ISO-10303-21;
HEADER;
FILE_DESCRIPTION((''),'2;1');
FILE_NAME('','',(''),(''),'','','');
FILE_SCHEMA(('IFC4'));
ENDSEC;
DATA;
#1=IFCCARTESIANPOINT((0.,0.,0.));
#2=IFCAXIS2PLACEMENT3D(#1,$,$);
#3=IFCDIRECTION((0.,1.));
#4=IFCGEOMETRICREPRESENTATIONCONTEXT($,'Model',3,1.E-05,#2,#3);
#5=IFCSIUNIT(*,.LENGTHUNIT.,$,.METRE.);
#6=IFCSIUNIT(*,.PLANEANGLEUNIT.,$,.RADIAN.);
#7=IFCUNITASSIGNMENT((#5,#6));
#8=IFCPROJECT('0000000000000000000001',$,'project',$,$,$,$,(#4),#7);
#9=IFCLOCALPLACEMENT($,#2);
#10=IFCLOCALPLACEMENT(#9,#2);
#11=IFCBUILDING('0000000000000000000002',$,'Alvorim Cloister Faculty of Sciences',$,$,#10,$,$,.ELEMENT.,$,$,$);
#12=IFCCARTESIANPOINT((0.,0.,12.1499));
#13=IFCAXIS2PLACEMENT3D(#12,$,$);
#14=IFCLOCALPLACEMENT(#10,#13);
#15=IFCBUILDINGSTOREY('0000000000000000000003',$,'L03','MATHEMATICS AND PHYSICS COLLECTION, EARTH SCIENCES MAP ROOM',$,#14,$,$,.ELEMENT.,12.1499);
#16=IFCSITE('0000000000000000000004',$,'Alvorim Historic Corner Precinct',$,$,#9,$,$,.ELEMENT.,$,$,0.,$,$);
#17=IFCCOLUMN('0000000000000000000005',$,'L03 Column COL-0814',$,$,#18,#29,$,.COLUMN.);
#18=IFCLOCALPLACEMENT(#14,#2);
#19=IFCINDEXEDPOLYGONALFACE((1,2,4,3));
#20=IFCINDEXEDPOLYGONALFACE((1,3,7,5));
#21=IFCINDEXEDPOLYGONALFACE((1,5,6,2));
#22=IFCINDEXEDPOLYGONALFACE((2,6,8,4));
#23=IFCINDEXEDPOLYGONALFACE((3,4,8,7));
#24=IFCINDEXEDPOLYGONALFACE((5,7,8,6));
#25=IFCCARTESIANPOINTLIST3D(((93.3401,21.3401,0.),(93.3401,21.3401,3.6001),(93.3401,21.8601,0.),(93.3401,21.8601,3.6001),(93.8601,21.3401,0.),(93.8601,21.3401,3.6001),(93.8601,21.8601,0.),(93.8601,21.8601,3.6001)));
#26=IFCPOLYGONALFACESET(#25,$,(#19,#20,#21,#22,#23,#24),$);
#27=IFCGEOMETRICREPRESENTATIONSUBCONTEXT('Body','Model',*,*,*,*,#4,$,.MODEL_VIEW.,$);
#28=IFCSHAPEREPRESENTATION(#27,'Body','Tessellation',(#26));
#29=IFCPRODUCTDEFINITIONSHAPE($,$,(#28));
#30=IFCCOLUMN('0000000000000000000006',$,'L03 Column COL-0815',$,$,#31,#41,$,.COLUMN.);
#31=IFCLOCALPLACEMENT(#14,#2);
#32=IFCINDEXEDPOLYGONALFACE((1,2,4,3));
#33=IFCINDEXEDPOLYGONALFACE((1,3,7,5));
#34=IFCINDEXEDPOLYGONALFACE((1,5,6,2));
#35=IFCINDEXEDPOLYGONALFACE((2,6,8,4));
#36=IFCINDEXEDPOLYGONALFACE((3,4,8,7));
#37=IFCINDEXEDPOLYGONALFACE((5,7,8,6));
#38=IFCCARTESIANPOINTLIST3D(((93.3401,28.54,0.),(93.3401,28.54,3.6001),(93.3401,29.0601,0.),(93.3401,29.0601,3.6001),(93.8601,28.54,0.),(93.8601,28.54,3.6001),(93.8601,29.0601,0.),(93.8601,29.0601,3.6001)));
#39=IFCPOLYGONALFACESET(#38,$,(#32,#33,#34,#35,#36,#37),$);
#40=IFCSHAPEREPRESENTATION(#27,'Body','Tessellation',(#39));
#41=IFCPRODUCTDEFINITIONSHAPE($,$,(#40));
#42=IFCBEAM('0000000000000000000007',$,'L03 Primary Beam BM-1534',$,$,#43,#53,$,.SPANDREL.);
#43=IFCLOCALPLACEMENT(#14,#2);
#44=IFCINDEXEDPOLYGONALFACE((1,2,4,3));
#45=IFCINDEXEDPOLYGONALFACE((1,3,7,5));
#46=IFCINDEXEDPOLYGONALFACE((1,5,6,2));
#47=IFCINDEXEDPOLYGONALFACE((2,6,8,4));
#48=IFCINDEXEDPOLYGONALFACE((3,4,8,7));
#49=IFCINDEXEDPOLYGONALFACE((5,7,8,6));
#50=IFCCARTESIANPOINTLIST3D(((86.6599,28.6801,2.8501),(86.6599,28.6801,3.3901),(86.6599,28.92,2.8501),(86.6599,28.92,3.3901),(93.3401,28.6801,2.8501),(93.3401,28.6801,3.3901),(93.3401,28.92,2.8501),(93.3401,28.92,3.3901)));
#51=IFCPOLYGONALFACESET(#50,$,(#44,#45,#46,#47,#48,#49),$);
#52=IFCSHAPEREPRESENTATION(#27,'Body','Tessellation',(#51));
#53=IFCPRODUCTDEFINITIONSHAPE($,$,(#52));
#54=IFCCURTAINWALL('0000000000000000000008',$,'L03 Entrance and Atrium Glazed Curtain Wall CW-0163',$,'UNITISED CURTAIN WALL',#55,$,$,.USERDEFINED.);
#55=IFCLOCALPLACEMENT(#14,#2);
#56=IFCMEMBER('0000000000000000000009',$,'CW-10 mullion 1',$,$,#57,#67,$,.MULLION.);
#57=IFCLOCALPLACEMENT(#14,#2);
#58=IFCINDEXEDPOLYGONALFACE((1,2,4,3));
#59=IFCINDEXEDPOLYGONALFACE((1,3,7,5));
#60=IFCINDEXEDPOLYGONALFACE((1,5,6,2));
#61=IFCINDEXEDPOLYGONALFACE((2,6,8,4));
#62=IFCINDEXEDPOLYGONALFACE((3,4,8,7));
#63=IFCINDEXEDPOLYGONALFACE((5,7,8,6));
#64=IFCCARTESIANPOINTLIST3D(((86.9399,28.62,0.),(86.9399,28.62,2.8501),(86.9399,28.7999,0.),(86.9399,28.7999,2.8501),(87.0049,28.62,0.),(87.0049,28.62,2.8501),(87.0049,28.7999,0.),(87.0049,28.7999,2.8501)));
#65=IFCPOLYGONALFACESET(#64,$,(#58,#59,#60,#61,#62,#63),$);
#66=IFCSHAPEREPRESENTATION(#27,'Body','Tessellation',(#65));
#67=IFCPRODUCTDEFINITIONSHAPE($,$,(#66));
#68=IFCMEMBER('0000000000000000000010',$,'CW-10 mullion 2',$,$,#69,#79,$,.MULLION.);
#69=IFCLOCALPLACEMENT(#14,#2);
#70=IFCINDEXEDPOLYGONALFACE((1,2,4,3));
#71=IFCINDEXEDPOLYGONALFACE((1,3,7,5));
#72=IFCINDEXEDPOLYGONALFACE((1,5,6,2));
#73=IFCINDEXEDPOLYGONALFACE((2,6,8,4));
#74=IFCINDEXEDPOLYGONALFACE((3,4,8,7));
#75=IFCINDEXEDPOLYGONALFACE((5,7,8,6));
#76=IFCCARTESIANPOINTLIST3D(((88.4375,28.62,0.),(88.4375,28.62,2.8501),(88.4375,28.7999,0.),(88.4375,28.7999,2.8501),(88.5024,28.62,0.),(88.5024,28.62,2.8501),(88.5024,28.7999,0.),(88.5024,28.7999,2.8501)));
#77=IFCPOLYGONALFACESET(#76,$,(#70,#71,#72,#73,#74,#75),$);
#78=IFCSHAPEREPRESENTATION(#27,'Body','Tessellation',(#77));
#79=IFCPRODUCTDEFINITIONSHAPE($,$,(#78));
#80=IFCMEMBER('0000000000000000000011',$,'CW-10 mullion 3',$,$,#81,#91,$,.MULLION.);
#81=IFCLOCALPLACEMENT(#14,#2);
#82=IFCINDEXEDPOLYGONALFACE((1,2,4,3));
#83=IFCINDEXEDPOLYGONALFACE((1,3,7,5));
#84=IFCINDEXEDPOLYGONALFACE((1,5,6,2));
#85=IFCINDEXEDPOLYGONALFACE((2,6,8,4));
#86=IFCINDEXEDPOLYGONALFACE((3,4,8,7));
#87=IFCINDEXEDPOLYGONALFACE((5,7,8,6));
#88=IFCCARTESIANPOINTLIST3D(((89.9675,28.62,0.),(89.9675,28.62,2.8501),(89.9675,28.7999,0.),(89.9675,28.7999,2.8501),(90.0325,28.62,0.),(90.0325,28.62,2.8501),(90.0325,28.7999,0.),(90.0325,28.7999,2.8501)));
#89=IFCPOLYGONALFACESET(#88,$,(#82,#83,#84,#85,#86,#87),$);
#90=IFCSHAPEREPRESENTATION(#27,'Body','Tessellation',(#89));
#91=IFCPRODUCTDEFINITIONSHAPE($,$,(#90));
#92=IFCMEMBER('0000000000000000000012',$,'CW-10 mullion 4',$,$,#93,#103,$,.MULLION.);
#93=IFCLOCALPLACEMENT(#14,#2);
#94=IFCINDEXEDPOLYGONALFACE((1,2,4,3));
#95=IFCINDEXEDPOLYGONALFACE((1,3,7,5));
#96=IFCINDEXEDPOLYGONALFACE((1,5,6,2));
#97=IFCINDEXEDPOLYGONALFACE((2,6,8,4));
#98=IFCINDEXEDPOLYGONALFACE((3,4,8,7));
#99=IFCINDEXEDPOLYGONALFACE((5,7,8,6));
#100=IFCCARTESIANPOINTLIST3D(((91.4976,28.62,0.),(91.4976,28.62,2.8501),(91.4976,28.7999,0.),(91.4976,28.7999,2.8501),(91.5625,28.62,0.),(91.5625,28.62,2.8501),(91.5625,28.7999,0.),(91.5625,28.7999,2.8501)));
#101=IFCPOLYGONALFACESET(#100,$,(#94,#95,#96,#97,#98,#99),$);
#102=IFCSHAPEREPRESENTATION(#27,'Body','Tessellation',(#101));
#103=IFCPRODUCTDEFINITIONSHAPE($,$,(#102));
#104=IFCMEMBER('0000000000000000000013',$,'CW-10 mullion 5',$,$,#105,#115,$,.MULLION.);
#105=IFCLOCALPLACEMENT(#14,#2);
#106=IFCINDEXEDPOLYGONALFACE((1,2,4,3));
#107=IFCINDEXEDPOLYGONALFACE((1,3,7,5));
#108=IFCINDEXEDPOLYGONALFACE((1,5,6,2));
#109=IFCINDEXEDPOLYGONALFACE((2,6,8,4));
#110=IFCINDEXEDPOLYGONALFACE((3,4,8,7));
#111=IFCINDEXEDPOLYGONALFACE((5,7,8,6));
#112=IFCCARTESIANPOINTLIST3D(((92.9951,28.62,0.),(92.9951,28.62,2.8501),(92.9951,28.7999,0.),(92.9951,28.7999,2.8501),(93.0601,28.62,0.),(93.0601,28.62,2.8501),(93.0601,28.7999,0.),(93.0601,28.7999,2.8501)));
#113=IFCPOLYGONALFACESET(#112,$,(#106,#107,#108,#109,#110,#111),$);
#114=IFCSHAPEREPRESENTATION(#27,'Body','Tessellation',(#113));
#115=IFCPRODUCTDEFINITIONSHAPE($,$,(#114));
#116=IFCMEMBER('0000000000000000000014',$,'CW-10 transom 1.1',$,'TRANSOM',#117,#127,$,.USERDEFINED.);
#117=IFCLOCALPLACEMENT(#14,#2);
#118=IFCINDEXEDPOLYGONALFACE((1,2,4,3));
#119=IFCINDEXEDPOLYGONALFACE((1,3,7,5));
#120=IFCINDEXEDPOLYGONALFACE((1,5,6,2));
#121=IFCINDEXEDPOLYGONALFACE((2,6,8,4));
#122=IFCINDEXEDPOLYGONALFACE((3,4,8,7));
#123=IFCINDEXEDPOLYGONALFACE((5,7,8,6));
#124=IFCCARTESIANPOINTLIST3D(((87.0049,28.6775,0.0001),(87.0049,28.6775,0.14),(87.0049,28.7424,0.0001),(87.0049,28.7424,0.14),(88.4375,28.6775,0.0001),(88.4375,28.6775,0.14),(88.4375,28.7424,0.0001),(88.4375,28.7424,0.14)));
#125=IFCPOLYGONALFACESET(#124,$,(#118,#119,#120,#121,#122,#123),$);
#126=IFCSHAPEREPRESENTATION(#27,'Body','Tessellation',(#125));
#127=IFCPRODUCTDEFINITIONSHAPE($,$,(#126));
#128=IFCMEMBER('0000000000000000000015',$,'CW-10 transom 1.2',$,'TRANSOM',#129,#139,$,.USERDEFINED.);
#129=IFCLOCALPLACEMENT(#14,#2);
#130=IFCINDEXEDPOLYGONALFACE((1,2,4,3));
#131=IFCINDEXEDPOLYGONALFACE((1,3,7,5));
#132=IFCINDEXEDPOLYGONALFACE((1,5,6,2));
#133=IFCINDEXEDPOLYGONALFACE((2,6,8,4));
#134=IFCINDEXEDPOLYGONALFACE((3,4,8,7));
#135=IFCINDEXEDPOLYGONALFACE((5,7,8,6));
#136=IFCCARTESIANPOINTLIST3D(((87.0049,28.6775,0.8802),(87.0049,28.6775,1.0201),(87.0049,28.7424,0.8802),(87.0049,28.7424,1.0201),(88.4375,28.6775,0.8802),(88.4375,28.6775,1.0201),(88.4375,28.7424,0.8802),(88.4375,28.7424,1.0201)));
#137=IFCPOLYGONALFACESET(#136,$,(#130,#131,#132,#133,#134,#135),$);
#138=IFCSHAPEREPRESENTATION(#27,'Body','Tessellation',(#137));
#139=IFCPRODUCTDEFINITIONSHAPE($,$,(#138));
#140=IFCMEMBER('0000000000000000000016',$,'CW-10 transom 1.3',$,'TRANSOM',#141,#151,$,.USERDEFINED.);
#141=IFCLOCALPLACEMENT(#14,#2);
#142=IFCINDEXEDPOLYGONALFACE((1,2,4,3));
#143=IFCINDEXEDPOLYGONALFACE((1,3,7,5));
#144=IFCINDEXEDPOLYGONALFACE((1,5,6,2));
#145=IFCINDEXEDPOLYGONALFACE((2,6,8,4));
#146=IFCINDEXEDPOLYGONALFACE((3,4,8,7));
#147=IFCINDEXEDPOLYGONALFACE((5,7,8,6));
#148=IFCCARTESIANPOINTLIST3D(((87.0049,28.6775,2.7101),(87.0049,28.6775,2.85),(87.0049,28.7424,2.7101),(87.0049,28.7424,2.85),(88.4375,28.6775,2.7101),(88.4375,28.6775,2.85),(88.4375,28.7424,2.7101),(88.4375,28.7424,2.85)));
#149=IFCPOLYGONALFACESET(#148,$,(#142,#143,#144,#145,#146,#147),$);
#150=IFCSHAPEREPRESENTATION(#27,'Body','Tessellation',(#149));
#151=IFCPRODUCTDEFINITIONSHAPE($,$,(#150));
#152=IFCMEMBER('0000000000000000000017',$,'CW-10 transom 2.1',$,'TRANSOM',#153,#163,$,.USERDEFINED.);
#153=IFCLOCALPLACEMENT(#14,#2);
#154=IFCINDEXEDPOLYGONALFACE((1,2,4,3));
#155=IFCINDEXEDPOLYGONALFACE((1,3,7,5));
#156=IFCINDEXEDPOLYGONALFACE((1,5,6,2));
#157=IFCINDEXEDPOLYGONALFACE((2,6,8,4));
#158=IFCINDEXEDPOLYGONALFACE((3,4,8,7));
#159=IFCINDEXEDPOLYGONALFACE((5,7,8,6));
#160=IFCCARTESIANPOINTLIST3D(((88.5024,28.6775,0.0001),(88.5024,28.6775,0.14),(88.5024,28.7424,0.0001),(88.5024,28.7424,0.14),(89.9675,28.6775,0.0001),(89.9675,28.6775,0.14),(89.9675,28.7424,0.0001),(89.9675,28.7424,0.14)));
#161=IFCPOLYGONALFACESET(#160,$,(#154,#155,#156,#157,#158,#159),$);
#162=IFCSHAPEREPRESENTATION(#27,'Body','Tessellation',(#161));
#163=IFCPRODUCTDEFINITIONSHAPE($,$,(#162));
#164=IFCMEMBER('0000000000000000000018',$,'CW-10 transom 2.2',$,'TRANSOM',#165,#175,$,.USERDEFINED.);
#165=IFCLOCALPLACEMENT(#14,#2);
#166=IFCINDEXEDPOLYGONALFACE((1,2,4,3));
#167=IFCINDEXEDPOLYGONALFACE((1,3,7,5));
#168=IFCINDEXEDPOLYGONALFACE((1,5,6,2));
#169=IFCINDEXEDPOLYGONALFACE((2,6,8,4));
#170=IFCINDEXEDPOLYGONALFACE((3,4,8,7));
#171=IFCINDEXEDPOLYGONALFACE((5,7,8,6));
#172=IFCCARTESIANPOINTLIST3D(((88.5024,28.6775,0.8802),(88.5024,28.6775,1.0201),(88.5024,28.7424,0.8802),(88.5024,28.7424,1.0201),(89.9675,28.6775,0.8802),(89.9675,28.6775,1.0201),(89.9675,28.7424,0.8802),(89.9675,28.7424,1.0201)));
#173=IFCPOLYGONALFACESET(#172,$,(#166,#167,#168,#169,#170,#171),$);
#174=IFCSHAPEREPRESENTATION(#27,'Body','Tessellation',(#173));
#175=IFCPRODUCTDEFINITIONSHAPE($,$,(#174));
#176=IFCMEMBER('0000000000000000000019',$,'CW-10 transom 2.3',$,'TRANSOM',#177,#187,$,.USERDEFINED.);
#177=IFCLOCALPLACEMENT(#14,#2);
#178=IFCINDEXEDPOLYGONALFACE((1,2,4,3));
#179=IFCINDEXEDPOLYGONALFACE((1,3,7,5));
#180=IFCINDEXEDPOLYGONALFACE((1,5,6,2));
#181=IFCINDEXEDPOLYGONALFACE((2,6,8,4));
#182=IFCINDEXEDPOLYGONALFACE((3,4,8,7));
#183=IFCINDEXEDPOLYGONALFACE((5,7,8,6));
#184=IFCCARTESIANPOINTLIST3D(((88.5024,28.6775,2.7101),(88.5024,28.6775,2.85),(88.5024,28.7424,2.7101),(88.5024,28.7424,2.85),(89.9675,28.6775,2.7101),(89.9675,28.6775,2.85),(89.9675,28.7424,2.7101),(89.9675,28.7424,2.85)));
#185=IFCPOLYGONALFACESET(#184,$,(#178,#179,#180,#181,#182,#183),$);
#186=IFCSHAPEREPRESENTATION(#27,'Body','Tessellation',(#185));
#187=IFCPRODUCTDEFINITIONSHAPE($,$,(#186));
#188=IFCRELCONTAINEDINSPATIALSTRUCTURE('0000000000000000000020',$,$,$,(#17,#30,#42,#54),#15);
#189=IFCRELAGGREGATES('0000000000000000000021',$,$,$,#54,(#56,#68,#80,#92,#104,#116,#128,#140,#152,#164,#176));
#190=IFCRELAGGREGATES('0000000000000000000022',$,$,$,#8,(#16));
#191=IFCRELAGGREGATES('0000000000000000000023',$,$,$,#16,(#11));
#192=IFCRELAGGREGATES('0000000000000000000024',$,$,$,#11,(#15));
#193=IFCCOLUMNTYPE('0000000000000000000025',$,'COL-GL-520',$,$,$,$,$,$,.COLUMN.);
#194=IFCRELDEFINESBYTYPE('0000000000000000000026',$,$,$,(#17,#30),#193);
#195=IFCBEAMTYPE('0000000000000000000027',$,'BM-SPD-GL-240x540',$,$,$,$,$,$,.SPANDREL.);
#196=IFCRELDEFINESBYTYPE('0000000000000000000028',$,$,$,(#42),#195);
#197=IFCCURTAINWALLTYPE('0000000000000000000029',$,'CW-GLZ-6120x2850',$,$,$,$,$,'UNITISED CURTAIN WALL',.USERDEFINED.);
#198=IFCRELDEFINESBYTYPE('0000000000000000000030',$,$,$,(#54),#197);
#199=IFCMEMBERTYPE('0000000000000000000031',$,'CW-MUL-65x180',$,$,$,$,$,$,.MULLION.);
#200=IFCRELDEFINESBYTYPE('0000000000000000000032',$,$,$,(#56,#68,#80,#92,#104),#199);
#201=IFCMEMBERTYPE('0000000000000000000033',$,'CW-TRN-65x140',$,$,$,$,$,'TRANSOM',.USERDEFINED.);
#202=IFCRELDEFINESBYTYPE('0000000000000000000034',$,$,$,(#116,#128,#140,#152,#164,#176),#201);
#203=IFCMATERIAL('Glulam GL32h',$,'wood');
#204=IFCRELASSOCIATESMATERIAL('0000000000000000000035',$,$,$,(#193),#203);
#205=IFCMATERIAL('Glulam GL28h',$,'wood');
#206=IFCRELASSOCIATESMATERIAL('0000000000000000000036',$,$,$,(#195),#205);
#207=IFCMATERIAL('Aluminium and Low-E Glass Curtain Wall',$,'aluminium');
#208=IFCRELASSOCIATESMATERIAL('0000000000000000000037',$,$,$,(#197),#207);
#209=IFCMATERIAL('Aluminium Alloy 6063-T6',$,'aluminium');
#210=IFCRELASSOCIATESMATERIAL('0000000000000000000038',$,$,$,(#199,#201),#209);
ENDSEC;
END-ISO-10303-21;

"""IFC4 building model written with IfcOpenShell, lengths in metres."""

from ifc_helpers import new_model, si_unit, direction, frame, origin, origin_2d, place, context, subcontext, project, spatial, rectangle, extrude, material, material_profile, profile_set, type_object, element, aggregate, save


model = new_model("IFC4")

# Units and contexts
model_context = context("Model", 3, precision=1e-05, world=origin(), true_north=direction((0.0, 1.0)))
body_context = subcontext(model_context, "Body", "Model", "MODEL_VIEW")
ifc_project = project(units=[si_unit("LENGTHUNIT", "METRE"), si_unit("PLANEANGLEUNIT", "RADIAN")], contexts=[model_context])

# Site, building, storey
site_placement = place(None, origin())
site = spatial("IfcSite", under=ifc_project, at=site_placement, Name="Alvorim Historic Corner Precinct", CompositionType="ELEMENT", RefElevation=0.0)
building_placement = place(site_placement, origin())
building = spatial("IfcBuilding", under=site, at=building_placement, Name="Alvorim Cloister Faculty of Sciences", CompositionType="ELEMENT")
storey_placement = place(building_placement, frame((0.0, 0.0, 12.1499)))
storey = spatial("IfcBuildingStorey", under=building, at=storey_placement, Name="L03", Description="MATHEMATICS AND PHYSICS COLLECTION, EARTH SCIENCES MAP ROOM", CompositionType="ELEMENT", Elevation=12.1499)

# Columns
ifc_material_1 = material(Name="Glulam GL32h", Category="wood")
ifc_material_profile_1 = material_profile(ifc_material_1, rectangle(XDim=0.52, YDim=0.52, at=origin_2d()), Name="GL32-COL-520x520")
ifc_profile_set_1 = profile_set([ifc_material_profile_1], Name="Glulam GL32h")
column_type = type_object("IfcColumnType", Name="COL-GL-520", PredefinedType="COLUMN", material=ifc_profile_set_1)
for number, where, z_axis, x_axis, name in (
    (1, (93.6001, 21.6001, 0.0), (0.0, 0.0, 1.0), (1.0, 0.0, 0.0), "L03 Column COL-0814"),
    (2, (93.6001, 28.8, 0.0), (0.0, 0.0, 1.0), (1.0, 0.0, 0.0), "L03 Column COL-0815"),
):
    element("IfcColumn", number, at=place(storey_placement, frame(where, z_axis=z_axis, x_axis=x_axis)), inside=storey, type_object=column_type, Name=name, PredefinedType="COLUMN", context=body_context, shape_type="SweptSolid", body=[
        extrude(rectangle(XDim=0.52, YDim=0.52, at=origin_2d()), origin(), (0.0, 0.0, 1.0), 3.6001),
    ])

# Beam
ifc_material_2 = material(Name="Glulam GL28h", Category="wood")
ifc_material_profile_2 = material_profile(ifc_material_2, rectangle(XDim=0.24, YDim=0.54, at=origin_2d()), Name="GL28-SPD-240x540")
ifc_profile_set_2 = profile_set([ifc_material_profile_2], Name="Glulam GL28h")
beam_type = type_object("IfcBeamType", Name="BM-SPD-GL-240x540", PredefinedType="SPANDREL", material=ifc_profile_set_2)
beam_placement = place(storey_placement, frame((86.6599, 28.8, 3.1201), z_axis=(1.0, 0.0, 0.0), x_axis=(0.0, 1.0, 0.0)))
element("IfcBeam", 3, at=beam_placement, inside=storey, type_object=beam_type, Name="L03 Primary Beam BM-1534", PredefinedType="SPANDREL", context=body_context, shape_type="SweptSolid", body=[
    extrude(rectangle(XDim=0.24, YDim=0.54, at=origin_2d()), origin(), (0.0, 0.0, 1.0), 6.6802),
])

# Curtain wall, members
ifc_material_3 = material(Name="Aluminium and Low-E Glass Curtain Wall", Category="aluminium")
curtain_wall_type = type_object("IfcCurtainWallType", Name="CW-GLZ-6120x2850", ElementType="UNITISED CURTAIN WALL", PredefinedType="USERDEFINED", material=ifc_material_3)
curtain_wall_placement = place(storey_placement, origin())
curtain_wall = element("IfcCurtainWall", 4, at=curtain_wall_placement, inside=storey, type_object=curtain_wall_type, Name="L03 Entrance and Atrium Glazed Curtain Wall CW-0163", ObjectType="UNITISED CURTAIN WALL", PredefinedType="USERDEFINED")
ifc_material_4 = material(Name="Aluminium Alloy 6063-T6", Category="aluminium")
ifc_material_profile_3 = material_profile(ifc_material_4, rectangle(XDim=0.0649, YDim=0.1799, at=origin_2d()), Name="ALU-MUL-65x180")
ifc_profile_set_3 = profile_set([ifc_material_profile_3], Name="Aluminium Alloy 6063-T6")
member_type_1 = type_object("IfcMemberType", Name="CW-MUL-65x180", PredefinedType="MULLION", material=ifc_profile_set_3)
member_1_placement = place(storey_placement, frame((86.9724, 28.71, 0.0), z_axis=(0.0, 0.0, 1.0), x_axis=(1.0, 0.0, 0.0)))
member_1 = element("IfcMember", 5, at=member_1_placement, type_object=member_type_1, Name="CW-10 mullion 1", PredefinedType="MULLION", context=body_context, shape_type="SweptSolid", body=[
    extrude(rectangle(XDim=0.0649, YDim=0.1799, at=origin_2d()), origin(), (0.0, 0.0, 1.0), 2.8501),
])
member_2_placement = place(storey_placement, frame((88.47, 28.71, 0.0), z_axis=(0.0, 0.0, 1.0), x_axis=(1.0, 0.0, 0.0)))
member_2 = element("IfcMember", 6, at=member_2_placement, type_object=member_type_1, Name="CW-10 mullion 2", PredefinedType="MULLION", context=body_context, shape_type="SweptSolid", body=[
    extrude(rectangle(XDim=0.0649, YDim=0.1799, at=origin_2d()), origin(), (0.0, 0.0, 1.0), 2.8501),
])
member_3_placement = place(storey_placement, frame((90.0, 28.71, 0.0), z_axis=(0.0, 0.0, 1.0), x_axis=(1.0, 0.0, 0.0)))
member_3 = element("IfcMember", 7, at=member_3_placement, type_object=member_type_1, Name="CW-10 mullion 3", PredefinedType="MULLION", context=body_context, shape_type="SweptSolid", body=[
    extrude(rectangle(XDim=0.0649, YDim=0.1799, at=origin_2d()), origin(), (0.0, 0.0, 1.0), 2.8501),
])
member_4_placement = place(storey_placement, frame((91.53, 28.71, 0.0), z_axis=(0.0, 0.0, 1.0), x_axis=(1.0, 0.0, 0.0)))
member_4 = element("IfcMember", 8, at=member_4_placement, type_object=member_type_1, Name="CW-10 mullion 4", PredefinedType="MULLION", context=body_context, shape_type="SweptSolid", body=[
    extrude(rectangle(XDim=0.0649, YDim=0.1799, at=origin_2d()), origin(), (0.0, 0.0, 1.0), 2.8501),
])
member_5_placement = place(storey_placement, frame((93.0276, 28.71, 0.0), z_axis=(0.0, 0.0, 1.0), x_axis=(1.0, 0.0, 0.0)))
member_5 = element("IfcMember", 9, at=member_5_placement, type_object=member_type_1, Name="CW-10 mullion 5", PredefinedType="MULLION", context=body_context, shape_type="SweptSolid", body=[
    extrude(rectangle(XDim=0.0649, YDim=0.1799, at=origin_2d()), origin(), (0.0, 0.0, 1.0), 2.8501),
])
ifc_material_profile_4 = material_profile(ifc_material_4, rectangle(XDim=0.0649, YDim=0.1399, at=origin_2d()), Name="ALU-TRN-65x140")
ifc_profile_set_4 = profile_set([ifc_material_profile_4], Name="Aluminium Alloy 6063-T6")
member_type_2 = type_object("IfcMemberType", Name="CW-TRN-65x140", ElementType="TRANSOM", PredefinedType="USERDEFINED", material=ifc_profile_set_4)
member_6_placement = place(storey_placement, frame((87.0049, 28.71, 0.0701), z_axis=(1.0, 0.0, 0.0), x_axis=(0.0, 1.0, 0.0)))
member_6 = element("IfcMember", 10, at=member_6_placement, type_object=member_type_2, Name="CW-10 transom 1.1", ObjectType="TRANSOM", PredefinedType="USERDEFINED", context=body_context, shape_type="SweptSolid", body=[
    extrude(rectangle(XDim=0.0649, YDim=0.1399, at=origin_2d()), origin(), (0.0, 0.0, 1.0), 1.4326),
])
member_7_placement = place(storey_placement, frame((87.0049, 28.71, 0.9502), z_axis=(1.0, 0.0, 0.0), x_axis=(0.0, 1.0, 0.0)))
member_7 = element("IfcMember", 11, at=member_7_placement, type_object=member_type_2, Name="CW-10 transom 1.2", ObjectType="TRANSOM", PredefinedType="USERDEFINED", context=body_context, shape_type="SweptSolid", body=[
    extrude(rectangle(XDim=0.0649, YDim=0.1399, at=origin_2d()), origin(), (0.0, 0.0, 1.0), 1.4326),
])
member_8_placement = place(storey_placement, frame((87.0049, 28.71, 2.78), z_axis=(1.0, 0.0, 0.0), x_axis=(0.0, 1.0, 0.0)))
member_8 = element("IfcMember", 12, at=member_8_placement, type_object=member_type_2, Name="CW-10 transom 1.3", ObjectType="TRANSOM", PredefinedType="USERDEFINED", context=body_context, shape_type="SweptSolid", body=[
    extrude(rectangle(XDim=0.0649, YDim=0.1399, at=origin_2d()), origin(), (0.0, 0.0, 1.0), 1.4326),
])
member_9_placement = place(storey_placement, frame((88.5024, 28.71, 0.0701), z_axis=(1.0, 0.0, 0.0), x_axis=(0.0, 1.0, 0.0)))
member_9 = element("IfcMember", 13, at=member_9_placement, type_object=member_type_2, Name="CW-10 transom 2.1", ObjectType="TRANSOM", PredefinedType="USERDEFINED", context=body_context, shape_type="SweptSolid", body=[
    extrude(rectangle(XDim=0.0649, YDim=0.1399, at=origin_2d()), origin(), (0.0, 0.0, 1.0), 1.4651),
])
member_10_placement = place(storey_placement, frame((88.5024, 28.71, 0.9502), z_axis=(1.0, 0.0, 0.0), x_axis=(0.0, 1.0, 0.0)))
member_10 = element("IfcMember", 14, at=member_10_placement, type_object=member_type_2, Name="CW-10 transom 2.2", ObjectType="TRANSOM", PredefinedType="USERDEFINED", context=body_context, shape_type="SweptSolid", body=[
    extrude(rectangle(XDim=0.0649, YDim=0.1399, at=origin_2d()), origin(), (0.0, 0.0, 1.0), 1.4651),
])
member_11_placement = place(storey_placement, frame((88.5024, 28.71, 2.78), z_axis=(1.0, 0.0, 0.0), x_axis=(0.0, 1.0, 0.0)))
member_11 = element("IfcMember", 15, at=member_11_placement, type_object=member_type_2, Name="CW-10 transom 2.3", ObjectType="TRANSOM", PredefinedType="USERDEFINED", context=body_context, shape_type="SweptSolid", body=[
    extrude(rectangle(XDim=0.0649, YDim=0.1399, at=origin_2d()), origin(), (0.0, 0.0, 1.0), 1.4651),
])
aggregate(curtain_wall, [member_1, member_2, member_3, member_4, member_5, member_6, member_7, member_8, member_9, member_10, member_11])

save(model, "model.ifc")
